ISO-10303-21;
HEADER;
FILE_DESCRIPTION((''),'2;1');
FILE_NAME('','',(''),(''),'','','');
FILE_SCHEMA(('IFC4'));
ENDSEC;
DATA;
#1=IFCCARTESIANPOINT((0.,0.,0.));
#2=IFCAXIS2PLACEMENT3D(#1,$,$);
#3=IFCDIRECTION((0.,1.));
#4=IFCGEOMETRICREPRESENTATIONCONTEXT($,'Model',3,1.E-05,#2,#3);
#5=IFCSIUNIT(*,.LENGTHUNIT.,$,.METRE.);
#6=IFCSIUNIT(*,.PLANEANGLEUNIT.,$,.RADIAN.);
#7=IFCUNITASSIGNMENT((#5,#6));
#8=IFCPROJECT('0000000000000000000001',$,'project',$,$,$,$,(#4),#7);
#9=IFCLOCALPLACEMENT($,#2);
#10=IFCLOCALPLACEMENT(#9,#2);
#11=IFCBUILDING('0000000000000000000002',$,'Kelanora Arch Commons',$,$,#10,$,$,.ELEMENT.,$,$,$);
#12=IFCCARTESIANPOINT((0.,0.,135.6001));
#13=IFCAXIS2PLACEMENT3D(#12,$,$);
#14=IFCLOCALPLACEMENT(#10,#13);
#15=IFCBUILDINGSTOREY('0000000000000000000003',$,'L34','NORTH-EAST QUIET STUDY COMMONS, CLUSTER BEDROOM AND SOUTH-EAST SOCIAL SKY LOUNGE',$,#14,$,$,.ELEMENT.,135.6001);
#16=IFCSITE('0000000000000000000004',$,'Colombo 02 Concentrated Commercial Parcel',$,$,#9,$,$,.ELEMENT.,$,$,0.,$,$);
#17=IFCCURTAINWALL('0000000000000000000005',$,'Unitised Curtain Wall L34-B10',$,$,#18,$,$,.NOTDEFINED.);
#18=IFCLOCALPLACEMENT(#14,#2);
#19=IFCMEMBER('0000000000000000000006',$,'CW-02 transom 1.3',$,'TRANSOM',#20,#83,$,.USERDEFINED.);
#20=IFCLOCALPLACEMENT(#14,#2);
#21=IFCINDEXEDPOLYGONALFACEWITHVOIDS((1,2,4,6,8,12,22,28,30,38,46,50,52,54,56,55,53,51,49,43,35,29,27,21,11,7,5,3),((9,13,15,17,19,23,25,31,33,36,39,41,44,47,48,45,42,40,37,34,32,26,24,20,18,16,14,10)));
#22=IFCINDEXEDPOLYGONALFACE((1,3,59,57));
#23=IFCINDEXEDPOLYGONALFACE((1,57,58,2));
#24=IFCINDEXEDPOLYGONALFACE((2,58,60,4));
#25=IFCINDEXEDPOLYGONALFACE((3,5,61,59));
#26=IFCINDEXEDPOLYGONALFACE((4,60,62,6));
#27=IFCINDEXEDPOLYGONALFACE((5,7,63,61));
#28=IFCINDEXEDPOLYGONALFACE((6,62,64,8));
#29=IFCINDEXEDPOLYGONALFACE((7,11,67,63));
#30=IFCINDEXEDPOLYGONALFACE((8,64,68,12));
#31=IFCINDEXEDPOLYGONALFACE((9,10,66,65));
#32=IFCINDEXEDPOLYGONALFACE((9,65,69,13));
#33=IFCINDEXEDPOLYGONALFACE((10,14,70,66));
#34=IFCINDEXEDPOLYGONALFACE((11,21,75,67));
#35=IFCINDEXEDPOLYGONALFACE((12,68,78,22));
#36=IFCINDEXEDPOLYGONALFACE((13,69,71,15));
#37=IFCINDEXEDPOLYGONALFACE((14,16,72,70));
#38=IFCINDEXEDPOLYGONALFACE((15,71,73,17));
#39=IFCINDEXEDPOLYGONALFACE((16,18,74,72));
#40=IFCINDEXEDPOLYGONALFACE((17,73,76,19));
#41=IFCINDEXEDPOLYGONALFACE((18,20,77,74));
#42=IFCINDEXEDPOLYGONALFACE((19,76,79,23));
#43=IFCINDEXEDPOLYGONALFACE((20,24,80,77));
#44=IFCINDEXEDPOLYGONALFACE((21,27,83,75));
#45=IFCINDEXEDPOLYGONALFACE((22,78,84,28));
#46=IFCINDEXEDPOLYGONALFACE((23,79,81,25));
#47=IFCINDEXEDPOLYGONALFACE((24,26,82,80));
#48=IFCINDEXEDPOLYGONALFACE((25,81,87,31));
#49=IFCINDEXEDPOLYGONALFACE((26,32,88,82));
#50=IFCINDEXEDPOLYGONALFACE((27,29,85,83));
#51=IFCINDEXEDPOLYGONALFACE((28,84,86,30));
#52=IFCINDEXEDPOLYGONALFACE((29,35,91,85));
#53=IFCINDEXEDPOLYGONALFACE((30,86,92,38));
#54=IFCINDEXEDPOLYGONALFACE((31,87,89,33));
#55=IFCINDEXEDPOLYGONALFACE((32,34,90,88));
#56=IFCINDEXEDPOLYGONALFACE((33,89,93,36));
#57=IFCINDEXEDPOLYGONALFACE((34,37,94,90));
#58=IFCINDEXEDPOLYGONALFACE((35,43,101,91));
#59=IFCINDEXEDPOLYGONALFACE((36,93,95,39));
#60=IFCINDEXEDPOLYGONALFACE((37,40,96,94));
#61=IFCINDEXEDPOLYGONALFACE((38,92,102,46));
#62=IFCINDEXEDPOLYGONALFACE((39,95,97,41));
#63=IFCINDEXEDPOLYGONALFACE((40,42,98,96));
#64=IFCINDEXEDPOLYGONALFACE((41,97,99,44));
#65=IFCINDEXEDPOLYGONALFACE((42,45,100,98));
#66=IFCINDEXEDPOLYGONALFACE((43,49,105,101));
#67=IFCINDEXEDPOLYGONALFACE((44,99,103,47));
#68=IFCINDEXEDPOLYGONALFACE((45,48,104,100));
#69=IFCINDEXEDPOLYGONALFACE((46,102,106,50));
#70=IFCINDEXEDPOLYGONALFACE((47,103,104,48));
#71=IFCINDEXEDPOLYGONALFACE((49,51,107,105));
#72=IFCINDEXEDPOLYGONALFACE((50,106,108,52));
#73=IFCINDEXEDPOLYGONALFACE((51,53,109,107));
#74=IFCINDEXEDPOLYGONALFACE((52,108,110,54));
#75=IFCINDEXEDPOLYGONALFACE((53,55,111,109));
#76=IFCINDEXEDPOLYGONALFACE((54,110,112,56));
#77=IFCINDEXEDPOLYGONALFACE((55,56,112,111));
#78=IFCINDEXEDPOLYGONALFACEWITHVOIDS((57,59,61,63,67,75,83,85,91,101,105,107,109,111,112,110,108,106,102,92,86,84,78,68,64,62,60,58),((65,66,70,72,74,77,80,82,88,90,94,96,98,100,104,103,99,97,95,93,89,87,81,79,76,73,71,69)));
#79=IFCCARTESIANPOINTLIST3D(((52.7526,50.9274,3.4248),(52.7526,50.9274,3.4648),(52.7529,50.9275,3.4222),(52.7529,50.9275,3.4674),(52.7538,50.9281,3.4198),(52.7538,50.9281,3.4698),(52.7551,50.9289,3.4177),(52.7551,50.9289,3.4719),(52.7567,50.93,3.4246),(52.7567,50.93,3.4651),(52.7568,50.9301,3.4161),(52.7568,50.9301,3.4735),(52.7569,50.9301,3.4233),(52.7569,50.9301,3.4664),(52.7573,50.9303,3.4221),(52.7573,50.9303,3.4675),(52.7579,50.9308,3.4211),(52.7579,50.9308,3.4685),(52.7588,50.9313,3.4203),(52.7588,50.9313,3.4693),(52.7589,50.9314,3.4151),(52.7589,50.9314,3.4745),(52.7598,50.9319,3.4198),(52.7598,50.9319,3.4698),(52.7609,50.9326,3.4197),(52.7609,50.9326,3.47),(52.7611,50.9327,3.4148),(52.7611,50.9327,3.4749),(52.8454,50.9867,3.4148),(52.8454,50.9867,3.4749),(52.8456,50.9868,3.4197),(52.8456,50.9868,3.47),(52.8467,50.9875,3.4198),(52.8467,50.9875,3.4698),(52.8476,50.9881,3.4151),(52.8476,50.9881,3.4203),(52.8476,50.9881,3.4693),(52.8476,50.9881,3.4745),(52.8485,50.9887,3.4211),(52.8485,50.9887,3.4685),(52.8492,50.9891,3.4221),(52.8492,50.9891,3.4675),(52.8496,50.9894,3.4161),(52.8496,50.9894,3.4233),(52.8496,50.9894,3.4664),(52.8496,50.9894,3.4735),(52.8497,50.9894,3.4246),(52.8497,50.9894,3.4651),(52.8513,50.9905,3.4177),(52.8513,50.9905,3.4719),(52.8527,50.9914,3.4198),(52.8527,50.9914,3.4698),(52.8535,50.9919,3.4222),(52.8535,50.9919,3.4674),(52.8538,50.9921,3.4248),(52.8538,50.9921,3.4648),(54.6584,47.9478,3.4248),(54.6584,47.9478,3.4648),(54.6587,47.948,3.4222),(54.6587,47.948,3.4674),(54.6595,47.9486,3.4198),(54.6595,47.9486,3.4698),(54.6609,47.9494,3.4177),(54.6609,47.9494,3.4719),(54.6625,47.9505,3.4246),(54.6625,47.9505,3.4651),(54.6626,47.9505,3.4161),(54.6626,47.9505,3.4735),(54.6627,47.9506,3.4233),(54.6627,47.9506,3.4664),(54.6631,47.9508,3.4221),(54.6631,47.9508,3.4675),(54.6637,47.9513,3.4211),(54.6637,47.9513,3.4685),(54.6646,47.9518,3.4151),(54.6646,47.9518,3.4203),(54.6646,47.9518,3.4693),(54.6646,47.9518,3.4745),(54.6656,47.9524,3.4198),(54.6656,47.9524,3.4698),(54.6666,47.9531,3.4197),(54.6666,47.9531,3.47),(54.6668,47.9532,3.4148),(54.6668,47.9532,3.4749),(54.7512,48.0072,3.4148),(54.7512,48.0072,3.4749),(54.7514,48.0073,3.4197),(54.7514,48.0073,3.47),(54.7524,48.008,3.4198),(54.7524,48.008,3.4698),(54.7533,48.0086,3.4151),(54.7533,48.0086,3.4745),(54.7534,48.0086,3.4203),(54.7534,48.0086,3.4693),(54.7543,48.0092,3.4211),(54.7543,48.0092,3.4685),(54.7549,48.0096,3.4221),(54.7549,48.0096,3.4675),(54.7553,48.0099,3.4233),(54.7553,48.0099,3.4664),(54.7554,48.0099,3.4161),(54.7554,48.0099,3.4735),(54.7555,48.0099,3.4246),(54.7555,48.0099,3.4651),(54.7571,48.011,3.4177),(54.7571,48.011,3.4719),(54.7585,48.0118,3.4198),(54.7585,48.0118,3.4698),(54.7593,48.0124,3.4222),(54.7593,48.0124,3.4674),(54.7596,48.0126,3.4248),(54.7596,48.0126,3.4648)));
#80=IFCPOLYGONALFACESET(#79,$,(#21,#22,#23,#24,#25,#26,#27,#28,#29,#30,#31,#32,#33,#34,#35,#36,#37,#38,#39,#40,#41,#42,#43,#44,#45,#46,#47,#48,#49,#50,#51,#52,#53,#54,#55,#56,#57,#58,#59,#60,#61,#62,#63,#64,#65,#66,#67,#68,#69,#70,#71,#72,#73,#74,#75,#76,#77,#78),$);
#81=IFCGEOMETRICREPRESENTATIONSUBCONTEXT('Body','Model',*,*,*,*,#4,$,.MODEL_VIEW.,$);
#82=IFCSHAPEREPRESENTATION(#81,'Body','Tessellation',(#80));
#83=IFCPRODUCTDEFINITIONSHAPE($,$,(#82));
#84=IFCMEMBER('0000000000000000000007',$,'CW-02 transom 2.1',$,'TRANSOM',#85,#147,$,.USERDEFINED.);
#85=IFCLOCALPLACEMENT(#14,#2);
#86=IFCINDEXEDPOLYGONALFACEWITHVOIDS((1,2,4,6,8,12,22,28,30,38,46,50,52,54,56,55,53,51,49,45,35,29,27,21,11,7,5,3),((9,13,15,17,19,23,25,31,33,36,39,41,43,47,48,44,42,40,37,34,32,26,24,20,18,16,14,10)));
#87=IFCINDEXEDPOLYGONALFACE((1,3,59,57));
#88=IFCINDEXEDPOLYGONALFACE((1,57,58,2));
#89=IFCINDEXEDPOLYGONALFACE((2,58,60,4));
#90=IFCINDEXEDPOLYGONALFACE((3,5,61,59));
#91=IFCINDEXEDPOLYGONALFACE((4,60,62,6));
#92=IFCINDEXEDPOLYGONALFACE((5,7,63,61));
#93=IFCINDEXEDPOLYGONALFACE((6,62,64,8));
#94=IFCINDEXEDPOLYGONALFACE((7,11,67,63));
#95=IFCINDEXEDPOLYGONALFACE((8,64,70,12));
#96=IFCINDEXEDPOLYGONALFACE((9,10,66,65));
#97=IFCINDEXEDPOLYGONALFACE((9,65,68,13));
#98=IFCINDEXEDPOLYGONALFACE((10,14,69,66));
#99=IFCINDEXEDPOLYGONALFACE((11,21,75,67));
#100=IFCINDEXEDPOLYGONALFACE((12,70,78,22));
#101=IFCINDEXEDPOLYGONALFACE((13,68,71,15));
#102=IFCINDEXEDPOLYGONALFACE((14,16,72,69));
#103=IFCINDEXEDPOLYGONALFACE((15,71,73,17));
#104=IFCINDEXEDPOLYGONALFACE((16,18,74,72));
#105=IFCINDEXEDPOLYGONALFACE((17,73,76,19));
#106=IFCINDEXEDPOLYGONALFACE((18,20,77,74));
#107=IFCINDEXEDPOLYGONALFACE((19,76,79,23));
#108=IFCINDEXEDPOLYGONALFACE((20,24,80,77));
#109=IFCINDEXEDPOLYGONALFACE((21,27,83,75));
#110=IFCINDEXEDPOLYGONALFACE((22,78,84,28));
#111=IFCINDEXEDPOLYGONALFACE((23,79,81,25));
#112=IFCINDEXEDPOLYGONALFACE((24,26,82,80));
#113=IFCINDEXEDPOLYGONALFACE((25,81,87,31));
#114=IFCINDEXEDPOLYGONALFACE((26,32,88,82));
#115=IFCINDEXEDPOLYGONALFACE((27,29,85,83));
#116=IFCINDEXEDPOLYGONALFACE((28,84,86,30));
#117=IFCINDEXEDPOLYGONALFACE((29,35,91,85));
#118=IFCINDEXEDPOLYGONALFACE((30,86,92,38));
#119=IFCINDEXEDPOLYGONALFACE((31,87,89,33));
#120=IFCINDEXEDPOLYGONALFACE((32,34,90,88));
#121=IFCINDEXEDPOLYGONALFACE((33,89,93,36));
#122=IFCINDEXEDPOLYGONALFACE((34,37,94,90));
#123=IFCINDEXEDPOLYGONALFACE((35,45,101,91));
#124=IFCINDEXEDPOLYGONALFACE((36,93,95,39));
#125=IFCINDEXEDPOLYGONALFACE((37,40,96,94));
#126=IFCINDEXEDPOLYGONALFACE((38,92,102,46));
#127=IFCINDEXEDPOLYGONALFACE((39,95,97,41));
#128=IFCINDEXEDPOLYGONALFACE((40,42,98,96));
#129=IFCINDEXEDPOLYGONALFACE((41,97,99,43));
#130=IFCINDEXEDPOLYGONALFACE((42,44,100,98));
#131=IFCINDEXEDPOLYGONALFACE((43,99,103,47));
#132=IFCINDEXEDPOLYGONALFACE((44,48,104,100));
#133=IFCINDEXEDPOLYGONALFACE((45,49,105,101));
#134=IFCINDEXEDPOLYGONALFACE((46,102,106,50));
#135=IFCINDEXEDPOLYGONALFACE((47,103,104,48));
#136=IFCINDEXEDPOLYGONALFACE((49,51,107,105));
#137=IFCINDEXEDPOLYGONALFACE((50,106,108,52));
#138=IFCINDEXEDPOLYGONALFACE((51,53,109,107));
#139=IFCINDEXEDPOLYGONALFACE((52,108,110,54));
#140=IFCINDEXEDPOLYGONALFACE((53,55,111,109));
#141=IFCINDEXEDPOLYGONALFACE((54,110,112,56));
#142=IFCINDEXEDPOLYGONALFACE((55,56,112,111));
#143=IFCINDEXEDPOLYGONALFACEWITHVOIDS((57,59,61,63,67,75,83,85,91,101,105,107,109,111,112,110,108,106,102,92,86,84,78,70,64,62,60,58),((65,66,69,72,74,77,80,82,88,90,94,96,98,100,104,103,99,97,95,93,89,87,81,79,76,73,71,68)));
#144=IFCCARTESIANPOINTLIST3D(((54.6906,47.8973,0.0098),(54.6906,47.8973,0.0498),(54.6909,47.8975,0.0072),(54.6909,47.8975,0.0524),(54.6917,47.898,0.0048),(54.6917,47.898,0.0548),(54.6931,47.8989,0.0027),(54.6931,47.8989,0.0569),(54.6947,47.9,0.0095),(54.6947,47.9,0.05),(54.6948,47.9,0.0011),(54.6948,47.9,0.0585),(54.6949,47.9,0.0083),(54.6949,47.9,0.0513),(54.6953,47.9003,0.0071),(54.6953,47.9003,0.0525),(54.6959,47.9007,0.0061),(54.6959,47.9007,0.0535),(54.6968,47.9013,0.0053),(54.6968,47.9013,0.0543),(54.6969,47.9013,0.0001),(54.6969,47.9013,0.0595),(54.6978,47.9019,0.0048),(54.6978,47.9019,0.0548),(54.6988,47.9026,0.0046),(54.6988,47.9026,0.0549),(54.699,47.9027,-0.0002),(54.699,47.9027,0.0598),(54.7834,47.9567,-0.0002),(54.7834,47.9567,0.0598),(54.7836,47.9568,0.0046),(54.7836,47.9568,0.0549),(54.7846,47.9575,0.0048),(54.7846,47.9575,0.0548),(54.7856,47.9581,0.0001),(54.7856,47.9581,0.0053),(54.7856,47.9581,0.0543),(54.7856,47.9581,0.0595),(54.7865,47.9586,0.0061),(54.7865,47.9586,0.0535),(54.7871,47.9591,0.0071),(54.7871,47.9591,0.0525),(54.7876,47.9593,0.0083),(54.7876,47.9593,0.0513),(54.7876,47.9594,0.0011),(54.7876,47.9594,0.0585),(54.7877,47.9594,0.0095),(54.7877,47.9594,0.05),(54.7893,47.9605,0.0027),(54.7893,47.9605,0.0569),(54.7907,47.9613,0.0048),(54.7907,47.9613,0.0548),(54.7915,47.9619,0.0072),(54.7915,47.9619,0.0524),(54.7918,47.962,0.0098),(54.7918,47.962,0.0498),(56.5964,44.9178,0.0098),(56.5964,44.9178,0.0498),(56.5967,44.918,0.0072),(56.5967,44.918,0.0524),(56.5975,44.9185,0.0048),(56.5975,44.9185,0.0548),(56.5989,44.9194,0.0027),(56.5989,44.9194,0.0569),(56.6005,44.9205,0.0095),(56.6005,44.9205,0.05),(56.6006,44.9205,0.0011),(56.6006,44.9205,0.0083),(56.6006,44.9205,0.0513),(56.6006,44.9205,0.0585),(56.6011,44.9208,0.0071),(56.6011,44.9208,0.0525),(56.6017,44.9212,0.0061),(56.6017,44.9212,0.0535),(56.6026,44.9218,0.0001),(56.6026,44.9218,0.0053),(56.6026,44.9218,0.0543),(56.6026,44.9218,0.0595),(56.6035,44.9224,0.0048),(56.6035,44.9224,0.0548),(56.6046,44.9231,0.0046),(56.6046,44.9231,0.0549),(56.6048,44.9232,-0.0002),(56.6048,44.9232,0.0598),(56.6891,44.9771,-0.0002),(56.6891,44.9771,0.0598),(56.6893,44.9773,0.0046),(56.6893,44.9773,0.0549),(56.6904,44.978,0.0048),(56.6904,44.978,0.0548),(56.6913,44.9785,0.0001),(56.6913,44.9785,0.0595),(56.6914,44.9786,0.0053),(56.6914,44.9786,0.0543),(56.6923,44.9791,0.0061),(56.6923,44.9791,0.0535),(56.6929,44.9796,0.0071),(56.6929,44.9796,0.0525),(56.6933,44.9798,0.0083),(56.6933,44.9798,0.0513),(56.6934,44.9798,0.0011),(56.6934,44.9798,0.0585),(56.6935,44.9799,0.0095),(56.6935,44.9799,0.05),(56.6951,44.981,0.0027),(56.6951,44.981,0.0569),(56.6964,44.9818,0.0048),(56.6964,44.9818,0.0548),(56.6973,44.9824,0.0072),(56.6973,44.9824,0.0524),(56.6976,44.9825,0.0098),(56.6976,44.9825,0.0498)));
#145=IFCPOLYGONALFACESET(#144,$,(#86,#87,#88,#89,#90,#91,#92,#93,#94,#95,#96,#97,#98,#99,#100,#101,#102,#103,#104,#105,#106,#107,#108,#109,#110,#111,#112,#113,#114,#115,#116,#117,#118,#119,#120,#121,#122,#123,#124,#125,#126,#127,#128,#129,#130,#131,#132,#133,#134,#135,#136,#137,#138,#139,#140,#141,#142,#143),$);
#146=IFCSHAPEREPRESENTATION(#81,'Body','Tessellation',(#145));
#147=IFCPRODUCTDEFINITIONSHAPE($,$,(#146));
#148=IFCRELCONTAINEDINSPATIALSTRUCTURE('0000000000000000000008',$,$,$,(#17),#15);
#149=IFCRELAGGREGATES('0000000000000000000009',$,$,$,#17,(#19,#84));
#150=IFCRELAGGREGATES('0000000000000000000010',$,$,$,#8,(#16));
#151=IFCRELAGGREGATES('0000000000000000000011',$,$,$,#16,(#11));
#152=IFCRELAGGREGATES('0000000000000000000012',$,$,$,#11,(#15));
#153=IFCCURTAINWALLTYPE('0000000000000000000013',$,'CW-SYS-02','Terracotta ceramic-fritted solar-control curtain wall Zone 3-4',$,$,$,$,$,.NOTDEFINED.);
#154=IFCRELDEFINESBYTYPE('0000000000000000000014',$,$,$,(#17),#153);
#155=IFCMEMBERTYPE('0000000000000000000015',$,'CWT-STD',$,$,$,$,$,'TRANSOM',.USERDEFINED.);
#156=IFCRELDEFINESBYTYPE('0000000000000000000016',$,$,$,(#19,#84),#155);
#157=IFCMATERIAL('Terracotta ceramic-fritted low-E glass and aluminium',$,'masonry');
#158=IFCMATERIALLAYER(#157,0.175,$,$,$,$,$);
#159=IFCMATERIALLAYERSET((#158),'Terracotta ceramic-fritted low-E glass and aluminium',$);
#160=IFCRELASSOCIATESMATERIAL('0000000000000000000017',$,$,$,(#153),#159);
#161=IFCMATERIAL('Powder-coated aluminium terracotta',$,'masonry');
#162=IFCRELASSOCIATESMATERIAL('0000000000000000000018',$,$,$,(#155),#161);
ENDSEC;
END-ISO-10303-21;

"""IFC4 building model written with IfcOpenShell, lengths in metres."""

from ifc_helpers import new_model, si_unit, direction, frame, origin, origin_2d, place, context, subcontext, project, spatial, hollow_rectangle, extrude, material, layer, layer_set, material_profile, profile_set, type_object, element, aggregate, save


model = new_model("IFC4")

# Units and contexts
model_context = context("Model", 3, precision=1e-05, world=origin(), true_north=direction((0.0, 1.0)))
body_context = subcontext(model_context, "Body", "Model", "MODEL_VIEW")
ifc_project = project(units=[si_unit("LENGTHUNIT", "METRE"), si_unit("PLANEANGLEUNIT", "RADIAN")], contexts=[model_context])

# Site, building, storey
site_placement = place(None, origin())
site = spatial("IfcSite", under=ifc_project, at=site_placement, Name="Colombo 02 Concentrated Commercial Parcel", CompositionType="ELEMENT", RefElevation=0.0)
building_placement = place(site_placement, origin())
building = spatial("IfcBuilding", under=site, at=building_placement, Name="Kelanora Arch Commons", CompositionType="ELEMENT")
storey_placement = place(building_placement, frame((0.0, 0.0, 135.6001)))
storey = spatial("IfcBuildingStorey", under=building, at=storey_placement, Name="L34", Description="NORTH-EAST QUIET STUDY COMMONS, CLUSTER BEDROOM AND SOUTH-EAST SOCIAL SKY LOUNGE", CompositionType="ELEMENT", Elevation=135.6001)

# Curtain wall, members
ifc_material_1 = material(Name="Terracotta ceramic-fritted low-E glass and aluminium", Category="masonry")
ifc_layer_1 = layer(ifc_material_1, 0.175)
ifc_layer_set_1 = layer_set([ifc_layer_1], Name="Terracotta ceramic-fritted low-E glass and aluminium")
curtain_wall_type = type_object("IfcCurtainWallType", Name="CW-SYS-02", Description="Terracotta ceramic-fritted solar-control curtain wall Zone 3-4", PredefinedType="NOTDEFINED", material=ifc_layer_set_1)
curtain_wall_placement = place(storey_placement, origin())
curtain_wall = element("IfcCurtainWall", 1, at=curtain_wall_placement, inside=storey, type_object=curtain_wall_type, Name="Unitised Curtain Wall L34-B10", PredefinedType="NOTDEFINED")
ifc_material_2 = material(Name="Powder-coated aluminium terracotta", Category="masonry")
ifc_material_profile_1 = material_profile(ifc_material_2, hollow_rectangle(XDim=0.1201, YDim=0.0601, WallThickness=0.0049, InnerFilletRadius=0.0049, OuterFilletRadius=0.01, at=origin_2d()), Name="CWT120x60")
ifc_profile_set_1 = profile_set([ifc_material_profile_1], Name="Powder-coated aluminium terracotta")
member_type_1 = type_object("IfcMemberType", Name="CWT-STD", ElementType="TRANSOM", PredefinedType="USERDEFINED", material=ifc_profile_set_1)
member_1_placement = place(storey_placement, frame((52.8032, 50.9597, 3.4448), z_axis=(0.53883, -0.842414, 0.0), x_axis=(0.842414, 0.53883, 0.0)))
member_1 = element("IfcMember", 2, at=member_1_placement, type_object=member_type_1, Name="CW-02 transom 1.3", ObjectType="TRANSOM", PredefinedType="USERDEFINED", context=body_context, shape_type="SweptSolid", body=[
    extrude(hollow_rectangle(XDim=0.1201, YDim=0.0601, WallThickness=0.0049, InnerFilletRadius=0.0049, OuterFilletRadius=0.01, at=origin_2d()), origin(), (0.0, 0.0, 1.0), 3.5369),
])
member_2_placement = place(storey_placement, frame((54.7412, 47.9297, 0.0298), z_axis=(0.53883, -0.842414, 0.0), x_axis=(0.842414, 0.53883, 0.0)))
member_2 = element("IfcMember", 3, at=member_2_placement, type_object=member_type_1, Name="CW-02 transom 2.1", ObjectType="TRANSOM", PredefinedType="USERDEFINED", context=body_context, shape_type="SweptSolid", body=[
    extrude(hollow_rectangle(XDim=0.1201, YDim=0.0601, WallThickness=0.0049, InnerFilletRadius=0.0049, OuterFilletRadius=0.01, at=origin_2d()), origin(), (0.0, 0.0, 1.0), 3.5369),
])

aggregate(curtain_wall, [member_1, member_2])

save(model, "model.ifc")
